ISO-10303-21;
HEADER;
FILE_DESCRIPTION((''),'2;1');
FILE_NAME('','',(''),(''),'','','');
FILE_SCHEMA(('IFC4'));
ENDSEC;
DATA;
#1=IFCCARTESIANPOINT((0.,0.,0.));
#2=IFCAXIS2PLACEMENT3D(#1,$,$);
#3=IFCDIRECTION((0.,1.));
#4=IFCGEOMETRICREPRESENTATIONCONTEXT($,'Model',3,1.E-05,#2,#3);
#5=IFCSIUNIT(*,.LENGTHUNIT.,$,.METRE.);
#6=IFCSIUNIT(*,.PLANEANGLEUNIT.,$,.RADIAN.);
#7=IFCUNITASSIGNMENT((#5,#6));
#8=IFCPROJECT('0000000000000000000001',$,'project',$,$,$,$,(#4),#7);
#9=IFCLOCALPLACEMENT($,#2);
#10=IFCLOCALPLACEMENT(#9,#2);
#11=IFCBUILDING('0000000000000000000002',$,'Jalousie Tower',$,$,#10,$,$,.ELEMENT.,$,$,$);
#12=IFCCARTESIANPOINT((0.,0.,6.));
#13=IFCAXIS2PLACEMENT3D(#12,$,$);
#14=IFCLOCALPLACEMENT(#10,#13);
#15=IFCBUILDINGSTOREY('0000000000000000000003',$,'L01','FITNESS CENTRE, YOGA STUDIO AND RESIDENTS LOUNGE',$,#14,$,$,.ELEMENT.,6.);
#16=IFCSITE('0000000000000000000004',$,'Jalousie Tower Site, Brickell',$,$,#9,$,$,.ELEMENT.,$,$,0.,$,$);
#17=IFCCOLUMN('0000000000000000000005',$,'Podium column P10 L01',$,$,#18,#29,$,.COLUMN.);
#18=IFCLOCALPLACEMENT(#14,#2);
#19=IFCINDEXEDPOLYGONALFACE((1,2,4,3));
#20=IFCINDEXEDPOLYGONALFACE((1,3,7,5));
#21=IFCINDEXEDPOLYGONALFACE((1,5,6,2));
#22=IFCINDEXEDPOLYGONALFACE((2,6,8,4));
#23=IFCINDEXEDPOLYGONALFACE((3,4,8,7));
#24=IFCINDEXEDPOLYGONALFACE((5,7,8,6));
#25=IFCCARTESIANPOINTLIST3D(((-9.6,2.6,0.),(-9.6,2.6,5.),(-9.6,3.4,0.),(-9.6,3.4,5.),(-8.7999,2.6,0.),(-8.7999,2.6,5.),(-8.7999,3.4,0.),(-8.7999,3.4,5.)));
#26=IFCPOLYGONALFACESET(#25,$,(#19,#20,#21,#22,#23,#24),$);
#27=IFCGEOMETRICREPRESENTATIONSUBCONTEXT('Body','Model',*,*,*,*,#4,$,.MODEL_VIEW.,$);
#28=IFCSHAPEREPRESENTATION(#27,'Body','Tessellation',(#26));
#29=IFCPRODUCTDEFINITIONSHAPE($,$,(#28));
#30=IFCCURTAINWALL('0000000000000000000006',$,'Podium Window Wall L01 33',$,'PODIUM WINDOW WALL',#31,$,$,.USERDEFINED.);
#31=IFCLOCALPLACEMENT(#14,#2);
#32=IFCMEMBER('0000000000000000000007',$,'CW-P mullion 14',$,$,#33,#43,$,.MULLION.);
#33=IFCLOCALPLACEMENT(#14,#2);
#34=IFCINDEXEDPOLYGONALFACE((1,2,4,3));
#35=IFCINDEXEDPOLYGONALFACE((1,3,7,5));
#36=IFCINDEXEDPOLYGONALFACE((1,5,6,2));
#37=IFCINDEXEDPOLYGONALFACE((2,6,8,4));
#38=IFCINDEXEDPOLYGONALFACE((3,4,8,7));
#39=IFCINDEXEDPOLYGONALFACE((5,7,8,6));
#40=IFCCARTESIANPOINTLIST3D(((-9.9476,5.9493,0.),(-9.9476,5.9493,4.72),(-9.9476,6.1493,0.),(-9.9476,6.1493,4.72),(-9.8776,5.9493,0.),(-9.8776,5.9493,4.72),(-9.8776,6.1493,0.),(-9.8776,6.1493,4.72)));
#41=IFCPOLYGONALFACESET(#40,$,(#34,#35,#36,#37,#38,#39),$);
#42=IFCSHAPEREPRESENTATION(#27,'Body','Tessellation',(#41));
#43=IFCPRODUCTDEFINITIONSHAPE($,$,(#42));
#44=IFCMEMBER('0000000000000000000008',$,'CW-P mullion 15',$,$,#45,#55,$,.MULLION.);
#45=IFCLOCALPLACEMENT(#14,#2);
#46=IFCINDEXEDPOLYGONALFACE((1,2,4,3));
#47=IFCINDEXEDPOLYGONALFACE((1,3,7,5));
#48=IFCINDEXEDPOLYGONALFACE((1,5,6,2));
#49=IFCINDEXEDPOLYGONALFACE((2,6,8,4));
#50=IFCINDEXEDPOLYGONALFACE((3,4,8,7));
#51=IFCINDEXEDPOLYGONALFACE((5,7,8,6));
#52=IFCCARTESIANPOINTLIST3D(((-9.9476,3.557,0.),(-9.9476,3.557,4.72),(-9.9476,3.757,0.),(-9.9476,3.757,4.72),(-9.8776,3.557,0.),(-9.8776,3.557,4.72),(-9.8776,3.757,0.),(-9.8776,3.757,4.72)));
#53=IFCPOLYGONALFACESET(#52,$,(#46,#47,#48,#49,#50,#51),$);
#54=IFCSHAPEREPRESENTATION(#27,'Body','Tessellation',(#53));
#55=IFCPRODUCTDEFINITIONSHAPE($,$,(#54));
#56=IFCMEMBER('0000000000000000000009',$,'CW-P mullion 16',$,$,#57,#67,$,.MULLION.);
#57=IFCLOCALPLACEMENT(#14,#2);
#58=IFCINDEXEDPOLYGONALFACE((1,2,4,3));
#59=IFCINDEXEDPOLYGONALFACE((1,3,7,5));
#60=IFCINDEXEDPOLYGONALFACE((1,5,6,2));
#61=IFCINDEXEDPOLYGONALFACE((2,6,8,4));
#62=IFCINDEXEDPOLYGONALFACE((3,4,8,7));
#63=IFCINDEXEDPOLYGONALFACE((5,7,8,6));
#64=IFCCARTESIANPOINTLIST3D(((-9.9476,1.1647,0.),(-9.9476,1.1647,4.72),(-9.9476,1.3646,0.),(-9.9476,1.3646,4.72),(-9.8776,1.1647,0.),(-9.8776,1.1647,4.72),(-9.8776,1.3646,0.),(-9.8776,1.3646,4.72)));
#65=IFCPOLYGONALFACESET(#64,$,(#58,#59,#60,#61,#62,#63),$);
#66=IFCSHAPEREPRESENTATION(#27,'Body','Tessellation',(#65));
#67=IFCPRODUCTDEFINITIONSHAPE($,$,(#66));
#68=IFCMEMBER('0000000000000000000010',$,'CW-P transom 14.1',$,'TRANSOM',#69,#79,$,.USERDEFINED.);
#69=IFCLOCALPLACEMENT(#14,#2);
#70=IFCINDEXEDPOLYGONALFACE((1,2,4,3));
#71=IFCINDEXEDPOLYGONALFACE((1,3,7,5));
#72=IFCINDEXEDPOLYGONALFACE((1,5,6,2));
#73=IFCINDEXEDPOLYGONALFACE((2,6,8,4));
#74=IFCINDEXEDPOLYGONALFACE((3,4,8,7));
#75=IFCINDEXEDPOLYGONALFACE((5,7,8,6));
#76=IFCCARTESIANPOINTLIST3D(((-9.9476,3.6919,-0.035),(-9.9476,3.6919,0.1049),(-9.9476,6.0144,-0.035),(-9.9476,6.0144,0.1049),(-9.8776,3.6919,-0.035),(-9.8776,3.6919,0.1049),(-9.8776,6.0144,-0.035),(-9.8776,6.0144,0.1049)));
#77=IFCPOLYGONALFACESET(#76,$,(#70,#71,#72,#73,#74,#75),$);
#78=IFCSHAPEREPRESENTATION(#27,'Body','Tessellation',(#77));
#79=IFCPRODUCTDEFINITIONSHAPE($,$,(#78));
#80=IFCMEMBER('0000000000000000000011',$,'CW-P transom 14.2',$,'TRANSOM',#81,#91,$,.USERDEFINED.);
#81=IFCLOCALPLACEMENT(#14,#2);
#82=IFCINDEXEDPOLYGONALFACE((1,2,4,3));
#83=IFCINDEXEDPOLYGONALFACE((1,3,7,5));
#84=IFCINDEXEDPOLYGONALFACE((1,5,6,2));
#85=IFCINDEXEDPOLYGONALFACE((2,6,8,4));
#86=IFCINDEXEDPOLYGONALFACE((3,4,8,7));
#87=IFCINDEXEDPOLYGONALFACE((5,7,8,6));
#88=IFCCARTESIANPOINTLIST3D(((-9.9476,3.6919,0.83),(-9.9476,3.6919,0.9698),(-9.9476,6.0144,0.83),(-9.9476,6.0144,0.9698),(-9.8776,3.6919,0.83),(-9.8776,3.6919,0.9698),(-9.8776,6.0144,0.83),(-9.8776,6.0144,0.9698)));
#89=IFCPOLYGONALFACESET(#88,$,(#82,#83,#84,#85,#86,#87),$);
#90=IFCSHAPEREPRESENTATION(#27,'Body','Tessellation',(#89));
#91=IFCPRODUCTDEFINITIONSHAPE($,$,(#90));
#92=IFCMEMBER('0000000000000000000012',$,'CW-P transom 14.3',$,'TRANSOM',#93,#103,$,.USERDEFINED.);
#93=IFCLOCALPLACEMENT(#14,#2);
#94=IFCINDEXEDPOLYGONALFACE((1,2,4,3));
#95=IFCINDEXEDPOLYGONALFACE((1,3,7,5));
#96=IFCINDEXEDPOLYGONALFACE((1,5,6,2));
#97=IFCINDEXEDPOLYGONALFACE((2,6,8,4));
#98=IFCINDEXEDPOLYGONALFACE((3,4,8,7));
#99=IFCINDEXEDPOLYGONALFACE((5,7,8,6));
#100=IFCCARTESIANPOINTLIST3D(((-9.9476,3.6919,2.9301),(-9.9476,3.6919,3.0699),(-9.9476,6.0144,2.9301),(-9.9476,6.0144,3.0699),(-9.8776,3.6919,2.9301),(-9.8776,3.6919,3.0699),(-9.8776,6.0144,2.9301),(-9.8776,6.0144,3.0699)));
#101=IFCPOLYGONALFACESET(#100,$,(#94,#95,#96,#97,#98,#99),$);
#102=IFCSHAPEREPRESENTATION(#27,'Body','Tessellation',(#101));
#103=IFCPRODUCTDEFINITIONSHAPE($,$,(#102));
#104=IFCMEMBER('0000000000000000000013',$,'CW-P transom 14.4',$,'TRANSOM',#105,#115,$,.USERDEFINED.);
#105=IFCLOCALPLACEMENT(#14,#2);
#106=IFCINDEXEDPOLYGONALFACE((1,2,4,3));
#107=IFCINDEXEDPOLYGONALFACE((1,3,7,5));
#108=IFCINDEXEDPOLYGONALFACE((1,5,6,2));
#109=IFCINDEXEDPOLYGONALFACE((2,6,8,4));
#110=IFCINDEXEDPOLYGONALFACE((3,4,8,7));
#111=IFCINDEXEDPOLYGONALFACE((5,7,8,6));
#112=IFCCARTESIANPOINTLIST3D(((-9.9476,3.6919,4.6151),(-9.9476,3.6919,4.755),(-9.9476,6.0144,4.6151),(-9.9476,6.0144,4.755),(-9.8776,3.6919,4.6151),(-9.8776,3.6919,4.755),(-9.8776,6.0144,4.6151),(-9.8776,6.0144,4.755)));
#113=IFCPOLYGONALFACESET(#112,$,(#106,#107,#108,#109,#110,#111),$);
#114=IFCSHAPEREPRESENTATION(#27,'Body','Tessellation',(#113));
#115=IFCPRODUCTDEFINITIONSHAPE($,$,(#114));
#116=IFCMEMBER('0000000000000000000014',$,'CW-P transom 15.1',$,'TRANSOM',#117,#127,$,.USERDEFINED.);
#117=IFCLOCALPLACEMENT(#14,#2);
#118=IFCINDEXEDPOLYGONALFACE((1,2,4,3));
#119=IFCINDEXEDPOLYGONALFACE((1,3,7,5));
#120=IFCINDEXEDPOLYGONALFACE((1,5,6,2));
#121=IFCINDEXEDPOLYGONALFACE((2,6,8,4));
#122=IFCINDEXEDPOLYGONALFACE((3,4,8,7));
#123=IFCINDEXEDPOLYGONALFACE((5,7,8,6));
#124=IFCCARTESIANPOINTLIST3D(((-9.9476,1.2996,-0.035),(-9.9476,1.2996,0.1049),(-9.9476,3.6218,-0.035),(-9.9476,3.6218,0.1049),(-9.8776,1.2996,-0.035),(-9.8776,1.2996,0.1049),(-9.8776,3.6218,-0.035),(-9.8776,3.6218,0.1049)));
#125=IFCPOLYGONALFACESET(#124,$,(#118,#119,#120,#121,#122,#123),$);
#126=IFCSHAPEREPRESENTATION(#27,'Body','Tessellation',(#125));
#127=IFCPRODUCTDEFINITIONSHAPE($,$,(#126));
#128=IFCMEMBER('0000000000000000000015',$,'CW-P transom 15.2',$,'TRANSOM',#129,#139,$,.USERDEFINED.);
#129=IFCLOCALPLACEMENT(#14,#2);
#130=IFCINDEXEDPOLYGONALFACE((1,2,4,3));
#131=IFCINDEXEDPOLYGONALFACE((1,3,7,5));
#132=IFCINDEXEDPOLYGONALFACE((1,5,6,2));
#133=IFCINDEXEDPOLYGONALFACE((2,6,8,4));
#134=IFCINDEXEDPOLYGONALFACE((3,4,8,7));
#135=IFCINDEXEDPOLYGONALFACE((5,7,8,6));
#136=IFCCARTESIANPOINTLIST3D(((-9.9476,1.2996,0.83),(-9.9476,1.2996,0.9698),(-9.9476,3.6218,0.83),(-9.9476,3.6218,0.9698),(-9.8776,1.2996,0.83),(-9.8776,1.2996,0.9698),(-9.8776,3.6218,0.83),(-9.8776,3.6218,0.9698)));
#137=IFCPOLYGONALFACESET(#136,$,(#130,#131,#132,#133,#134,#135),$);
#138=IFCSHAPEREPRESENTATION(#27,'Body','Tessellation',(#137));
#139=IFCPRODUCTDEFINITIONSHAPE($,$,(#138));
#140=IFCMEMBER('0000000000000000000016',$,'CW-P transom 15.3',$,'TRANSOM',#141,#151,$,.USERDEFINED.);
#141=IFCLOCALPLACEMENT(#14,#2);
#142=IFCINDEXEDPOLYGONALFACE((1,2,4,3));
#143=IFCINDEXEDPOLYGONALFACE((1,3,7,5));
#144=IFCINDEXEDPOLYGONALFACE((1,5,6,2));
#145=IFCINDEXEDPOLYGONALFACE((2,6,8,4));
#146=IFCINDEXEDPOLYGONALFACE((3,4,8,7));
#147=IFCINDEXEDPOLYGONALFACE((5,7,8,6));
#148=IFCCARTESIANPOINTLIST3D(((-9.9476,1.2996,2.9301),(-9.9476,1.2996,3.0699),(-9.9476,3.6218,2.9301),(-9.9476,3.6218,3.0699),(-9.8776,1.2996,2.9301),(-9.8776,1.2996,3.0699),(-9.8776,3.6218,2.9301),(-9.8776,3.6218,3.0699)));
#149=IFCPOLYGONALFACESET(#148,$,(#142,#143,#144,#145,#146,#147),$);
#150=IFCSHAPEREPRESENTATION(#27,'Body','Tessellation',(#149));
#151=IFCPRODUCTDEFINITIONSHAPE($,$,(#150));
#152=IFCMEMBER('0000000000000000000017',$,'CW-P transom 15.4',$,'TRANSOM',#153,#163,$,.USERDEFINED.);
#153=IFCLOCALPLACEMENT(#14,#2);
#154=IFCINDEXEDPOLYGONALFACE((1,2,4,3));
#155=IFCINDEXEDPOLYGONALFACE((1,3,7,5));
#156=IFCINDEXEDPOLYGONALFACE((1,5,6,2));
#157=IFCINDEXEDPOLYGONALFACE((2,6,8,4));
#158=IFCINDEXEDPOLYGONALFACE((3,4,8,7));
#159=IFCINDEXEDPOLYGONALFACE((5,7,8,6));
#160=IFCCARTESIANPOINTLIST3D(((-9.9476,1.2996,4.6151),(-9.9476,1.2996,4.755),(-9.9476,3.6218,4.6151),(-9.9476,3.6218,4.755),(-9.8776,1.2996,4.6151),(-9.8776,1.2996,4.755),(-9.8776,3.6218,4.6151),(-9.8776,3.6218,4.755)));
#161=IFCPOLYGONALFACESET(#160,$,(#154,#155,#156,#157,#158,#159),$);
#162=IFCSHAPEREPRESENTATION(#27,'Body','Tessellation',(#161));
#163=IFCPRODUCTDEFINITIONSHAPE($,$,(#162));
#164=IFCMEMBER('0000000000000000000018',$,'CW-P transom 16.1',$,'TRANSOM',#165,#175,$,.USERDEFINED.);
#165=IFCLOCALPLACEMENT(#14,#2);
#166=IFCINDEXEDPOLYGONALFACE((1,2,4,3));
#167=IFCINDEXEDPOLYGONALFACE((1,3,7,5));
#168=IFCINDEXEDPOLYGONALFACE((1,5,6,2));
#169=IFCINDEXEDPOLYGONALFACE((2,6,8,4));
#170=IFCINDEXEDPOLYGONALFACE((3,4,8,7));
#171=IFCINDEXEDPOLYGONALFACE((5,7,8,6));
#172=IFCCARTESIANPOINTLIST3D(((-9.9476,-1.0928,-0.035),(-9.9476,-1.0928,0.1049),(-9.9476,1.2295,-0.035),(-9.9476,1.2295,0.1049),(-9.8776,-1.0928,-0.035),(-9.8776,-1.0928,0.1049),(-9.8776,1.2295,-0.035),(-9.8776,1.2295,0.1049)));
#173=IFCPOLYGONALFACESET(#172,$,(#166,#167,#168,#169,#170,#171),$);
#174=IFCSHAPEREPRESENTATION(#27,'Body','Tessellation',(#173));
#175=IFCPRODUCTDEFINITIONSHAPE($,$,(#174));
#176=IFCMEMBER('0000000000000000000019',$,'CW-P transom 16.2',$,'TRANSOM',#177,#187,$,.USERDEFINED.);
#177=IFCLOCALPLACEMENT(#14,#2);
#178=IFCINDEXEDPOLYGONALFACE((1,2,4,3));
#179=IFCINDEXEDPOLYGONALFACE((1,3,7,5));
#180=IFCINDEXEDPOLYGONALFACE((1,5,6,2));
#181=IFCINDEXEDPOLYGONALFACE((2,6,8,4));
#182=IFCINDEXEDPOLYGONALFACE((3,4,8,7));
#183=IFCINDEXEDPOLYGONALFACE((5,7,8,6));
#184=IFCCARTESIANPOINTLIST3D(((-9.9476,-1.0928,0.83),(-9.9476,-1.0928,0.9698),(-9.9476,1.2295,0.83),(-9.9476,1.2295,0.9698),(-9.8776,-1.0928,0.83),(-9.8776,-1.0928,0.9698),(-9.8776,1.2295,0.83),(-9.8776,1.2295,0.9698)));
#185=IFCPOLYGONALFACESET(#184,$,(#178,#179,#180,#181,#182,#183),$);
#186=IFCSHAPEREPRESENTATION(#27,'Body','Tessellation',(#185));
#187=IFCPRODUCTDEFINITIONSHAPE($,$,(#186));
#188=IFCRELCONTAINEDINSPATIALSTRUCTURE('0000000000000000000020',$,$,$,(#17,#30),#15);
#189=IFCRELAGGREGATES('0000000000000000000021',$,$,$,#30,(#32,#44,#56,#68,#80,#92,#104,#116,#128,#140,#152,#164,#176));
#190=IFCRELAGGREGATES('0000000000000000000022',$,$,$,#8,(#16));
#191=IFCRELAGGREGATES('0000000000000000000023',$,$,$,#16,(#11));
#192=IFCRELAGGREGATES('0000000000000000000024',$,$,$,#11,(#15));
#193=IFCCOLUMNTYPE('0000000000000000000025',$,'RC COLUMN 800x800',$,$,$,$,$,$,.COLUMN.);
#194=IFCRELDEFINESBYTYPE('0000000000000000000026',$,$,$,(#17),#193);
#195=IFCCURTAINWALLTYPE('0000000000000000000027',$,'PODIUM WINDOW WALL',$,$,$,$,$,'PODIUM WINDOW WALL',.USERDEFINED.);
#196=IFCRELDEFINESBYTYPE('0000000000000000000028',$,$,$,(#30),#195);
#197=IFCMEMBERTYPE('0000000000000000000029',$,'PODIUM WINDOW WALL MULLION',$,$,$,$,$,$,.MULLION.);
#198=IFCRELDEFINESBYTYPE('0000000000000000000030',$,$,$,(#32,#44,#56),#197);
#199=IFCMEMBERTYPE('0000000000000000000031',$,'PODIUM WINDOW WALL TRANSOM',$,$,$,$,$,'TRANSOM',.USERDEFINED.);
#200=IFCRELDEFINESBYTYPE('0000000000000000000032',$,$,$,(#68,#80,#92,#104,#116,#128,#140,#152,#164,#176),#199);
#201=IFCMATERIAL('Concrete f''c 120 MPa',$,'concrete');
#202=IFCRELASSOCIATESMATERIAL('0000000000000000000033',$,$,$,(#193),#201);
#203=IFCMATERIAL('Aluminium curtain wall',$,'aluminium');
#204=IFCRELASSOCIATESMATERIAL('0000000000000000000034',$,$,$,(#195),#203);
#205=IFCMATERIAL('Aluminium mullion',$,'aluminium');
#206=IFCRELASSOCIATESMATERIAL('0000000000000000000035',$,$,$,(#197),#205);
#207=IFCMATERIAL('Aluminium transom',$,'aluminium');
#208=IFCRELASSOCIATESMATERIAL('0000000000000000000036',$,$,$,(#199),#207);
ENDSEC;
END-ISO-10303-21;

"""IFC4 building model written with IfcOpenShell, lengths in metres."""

from ifc_helpers import new_model, si_unit, direction, frame, origin, origin_2d, place, context, subcontext, project, spatial, rectangle, extrude, material, material_profile, profile_set, type_object, element, aggregate, save


model = new_model("IFC4")

# Units and contexts
model_context = context("Model", 3, precision=1e-05, world=origin(), true_north=direction((0.0, 1.0)))
body_context = subcontext(model_context, "Body", "Model", "MODEL_VIEW")
ifc_project = project(units=[si_unit("LENGTHUNIT", "METRE"), si_unit("PLANEANGLEUNIT", "RADIAN")], contexts=[model_context])

# Site, building, storey
site_placement = place(None, origin())
site = spatial("IfcSite", under=ifc_project, at=site_placement, Name="Jalousie Tower Site, Brickell", CompositionType="ELEMENT", RefElevation=0.0)
building_placement = place(site_placement, origin())
building = spatial("IfcBuilding", under=site, at=building_placement, Name="Jalousie Tower", CompositionType="ELEMENT")
storey_placement = place(building_placement, frame((0.0, 0.0, 6.0)))
storey = spatial("IfcBuildingStorey", under=building, at=storey_placement, Name="L01", Description="FITNESS CENTRE, YOGA STUDIO AND RESIDENTS LOUNGE", CompositionType="ELEMENT", Elevation=6.0)

# Column
ifc_material_1 = material(Name="Concrete f'c 120 MPa", Category="concrete")
ifc_material_profile_1 = material_profile(ifc_material_1, rectangle(XDim=0.8, YDim=0.8, at=origin_2d()), Name="RC 800x800")
ifc_profile_set_1 = profile_set([ifc_material_profile_1], Name="Concrete f'c 120 MPa")
column_type = type_object("IfcColumnType", Name="RC COLUMN 800x800", PredefinedType="COLUMN", material=ifc_profile_set_1)
column_placement = place(storey_placement, frame((-9.2, 3.0, 0.0), z_axis=(0.0, 0.0, 1.0), x_axis=(1.0, 0.0, 0.0)))
element("IfcColumn", 1, at=column_placement, inside=storey, type_object=column_type, Name="Podium column P10 L01", PredefinedType="COLUMN", context=body_context, shape_type="SweptSolid", body=[
    extrude(rectangle(XDim=0.8, YDim=0.8, at=origin_2d()), origin(), (0.0, 0.0, 1.0), 5.0),
])

# Curtain wall, members
ifc_material_2 = material(Name="Aluminium curtain wall", Category="aluminium")
curtain_wall_type = type_object("IfcCurtainWallType", Name="PODIUM WINDOW WALL", ElementType="PODIUM WINDOW WALL", PredefinedType="USERDEFINED", material=ifc_material_2)
curtain_wall_placement = place(storey_placement, origin())
curtain_wall = element("IfcCurtainWall", 2, at=curtain_wall_placement, inside=storey, type_object=curtain_wall_type, Name="Podium Window Wall L01 33", ObjectType="PODIUM WINDOW WALL", PredefinedType="USERDEFINED")
ifc_material_3 = material(Name="Aluminium mullion", Category="aluminium")
ifc_material_profile_2 = material_profile(ifc_material_3, rectangle(XDim=0.0701, YDim=0.2, at=origin_2d()), Name="MULLION 70x200")
ifc_profile_set_2 = profile_set([ifc_material_profile_2], Name="Aluminium mullion")
member_type_1 = type_object("IfcMemberType", Name="PODIUM WINDOW WALL MULLION", PredefinedType="MULLION", material=ifc_profile_set_2)
member_1_placement = place(storey_placement, frame((-9.9126, 6.0493, 0.0), z_axis=(0.0, 0.0, 1.0), x_axis=(1.0, 0.0, 0.0)))
member_1 = element("IfcMember", 3, at=member_1_placement, type_object=member_type_1, Name="CW-P mullion 14", PredefinedType="MULLION", context=body_context, shape_type="SweptSolid", body=[
    extrude(rectangle(XDim=0.0701, YDim=0.2, at=origin_2d()), origin(), (0.0, 0.0, 1.0), 4.72),
])
member_2_placement = place(storey_placement, frame((-9.9126, 3.657, 0.0), z_axis=(0.0, 0.0, 1.0), x_axis=(1.0, 0.0, 0.0)))
member_2 = element("IfcMember", 4, at=member_2_placement, type_object=member_type_1, Name="CW-P mullion 15", PredefinedType="MULLION", context=body_context, shape_type="SweptSolid", body=[
    extrude(rectangle(XDim=0.0701, YDim=0.2, at=origin_2d()), origin(), (0.0, 0.0, 1.0), 4.72),
])
member_3_placement = place(storey_placement, frame((-9.9126, 1.2646, 0.0), z_axis=(0.0, 0.0, 1.0), x_axis=(1.0, 0.0, 0.0)))
member_3 = element("IfcMember", 5, at=member_3_placement, type_object=member_type_1, Name="CW-P mullion 16", PredefinedType="MULLION", context=body_context, shape_type="SweptSolid", body=[
    extrude(rectangle(XDim=0.0701, YDim=0.2, at=origin_2d()), origin(), (0.0, 0.0, 1.0), 4.72),
])
ifc_material_4 = material(Name="Aluminium transom", Category="aluminium")
ifc_material_profile_3 = material_profile(ifc_material_4, rectangle(XDim=0.0701, YDim=0.1399, at=origin_2d()), Name="TRANSOM 70x140")
ifc_profile_set_3 = profile_set([ifc_material_profile_3], Name="Aluminium transom")
member_type_2 = type_object("IfcMemberType", Name="PODIUM WINDOW WALL TRANSOM", ElementType="TRANSOM", PredefinedType="USERDEFINED", material=ifc_profile_set_3)
member_4_placement = place(storey_placement, frame((-9.9126, 6.0144, 0.0349), z_axis=(0.0, -1.0, 0.0), x_axis=(1.0, 0.0, 0.0)))
member_4 = element("IfcMember", 6, at=member_4_placement, type_object=member_type_2, Name="CW-P transom 14.1", ObjectType="TRANSOM", PredefinedType="USERDEFINED", context=body_context, shape_type="SweptSolid", body=[
    extrude(rectangle(XDim=0.0701, YDim=0.1399, at=origin_2d()), origin(), (0.0, 0.0, 1.0), 2.3225),
])
member_5_placement = place(storey_placement, frame((-9.9126, 6.0144, 0.8999), z_axis=(0.0, -1.0, 0.0), x_axis=(1.0, 0.0, 0.0)))
member_5 = element("IfcMember", 7, at=member_5_placement, type_object=member_type_2, Name="CW-P transom 14.2", ObjectType="TRANSOM", PredefinedType="USERDEFINED", context=body_context, shape_type="SweptSolid", body=[
    extrude(rectangle(XDim=0.0701, YDim=0.1399, at=origin_2d()), origin(), (0.0, 0.0, 1.0), 2.3225),
])
member_6_placement = place(storey_placement, frame((-9.9126, 6.0144, 3.0), z_axis=(0.0, -1.0, 0.0), x_axis=(1.0, 0.0, 0.0)))
member_6 = element("IfcMember", 8, at=member_6_placement, type_object=member_type_2, Name="CW-P transom 14.3", ObjectType="TRANSOM", PredefinedType="USERDEFINED", context=body_context, shape_type="SweptSolid", body=[
    extrude(rectangle(XDim=0.0701, YDim=0.1399, at=origin_2d()), origin(), (0.0, 0.0, 1.0), 2.3225),
])
member_7_placement = place(storey_placement, frame((-9.9126, 6.0144, 4.6851), z_axis=(0.0, -1.0, 0.0), x_axis=(1.0, 0.0, 0.0)))
member_7 = element("IfcMember", 9, at=member_7_placement, type_object=member_type_2, Name="CW-P transom 14.4", ObjectType="TRANSOM", PredefinedType="USERDEFINED", context=body_context, shape_type="SweptSolid", body=[
    extrude(rectangle(XDim=0.0701, YDim=0.1399, at=origin_2d()), origin(), (0.0, 0.0, 1.0), 2.3225),
])
member_8_placement = place(storey_placement, frame((-9.9126, 3.6218, 0.0349), z_axis=(0.0, -1.0, 0.0), x_axis=(1.0, 0.0, 0.0)))
member_8 = element("IfcMember", 10, at=member_8_placement, type_object=member_type_2, Name="CW-P transom 15.1", ObjectType="TRANSOM", PredefinedType="USERDEFINED", context=body_context, shape_type="SweptSolid", body=[
    extrude(rectangle(XDim=0.0701, YDim=0.1399, at=origin_2d()), origin(), (0.0, 0.0, 1.0), 2.3223),
])
member_9_placement = place(storey_placement, frame((-9.9126, 3.6218, 0.8999), z_axis=(0.0, -1.0, 0.0), x_axis=(1.0, 0.0, 0.0)))
member_9 = element("IfcMember", 11, at=member_9_placement, type_object=member_type_2, Name="CW-P transom 15.2", ObjectType="TRANSOM", PredefinedType="USERDEFINED", context=body_context, shape_type="SweptSolid", body=[
    extrude(rectangle(XDim=0.0701, YDim=0.1399, at=origin_2d()), origin(), (0.0, 0.0, 1.0), 2.3223),
])
member_10_placement = place(storey_placement, frame((-9.9126, 3.6218, 3.0), z_axis=(0.0, -1.0, 0.0), x_axis=(1.0, 0.0, 0.0)))
member_10 = element("IfcMember", 12, at=member_10_placement, type_object=member_type_2, Name="CW-P transom 15.3", ObjectType="TRANSOM", PredefinedType="USERDEFINED", context=body_context, shape_type="SweptSolid", body=[
    extrude(rectangle(XDim=0.0701, YDim=0.1399, at=origin_2d()), origin(), (0.0, 0.0, 1.0), 2.3223),
])
member_11_placement = place(storey_placement, frame((-9.9126, 3.6218, 4.6851), z_axis=(0.0, -1.0, 0.0), x_axis=(1.0, 0.0, 0.0)))
member_11 = element("IfcMember", 13, at=member_11_placement, type_object=member_type_2, Name="CW-P transom 15.4", ObjectType="TRANSOM", PredefinedType="USERDEFINED", context=body_context, shape_type="SweptSolid", body=[
    extrude(rectangle(XDim=0.0701, YDim=0.1399, at=origin_2d()), origin(), (0.0, 0.0, 1.0), 2.3223),
])
member_12_placement = place(storey_placement, frame((-9.9126, 1.2295, 0.0349), z_axis=(0.0, -1.0, 0.0), x_axis=(1.0, 0.0, 0.0)))
member_12 = element("IfcMember", 14, at=member_12_placement, type_object=member_type_2, Name="CW-P transom 16.1", ObjectType="TRANSOM", PredefinedType="USERDEFINED", context=body_context, shape_type="SweptSolid", body=[
    extrude(rectangle(XDim=0.0701, YDim=0.1399, at=origin_2d()), origin(), (0.0, 0.0, 1.0), 2.3223),
])
member_13_placement = place(storey_placement, frame((-9.9126, 1.2295, 0.8999), z_axis=(0.0, -1.0, 0.0), x_axis=(1.0, 0.0, 0.0)))
member_13 = element("IfcMember", 15, at=member_13_placement, type_object=member_type_2, Name="CW-P transom 16.2", ObjectType="TRANSOM", PredefinedType="USERDEFINED", context=body_context, shape_type="SweptSolid", body=[
    extrude(rectangle(XDim=0.0701, YDim=0.1399, at=origin_2d()), origin(), (0.0, 0.0, 1.0), 2.3223),
])

aggregate(curtain_wall, [member_1, member_2, member_3, member_4, member_5, member_6, member_7, member_8, member_9, member_10, member_11, member_12, member_13])

save(model, "model.ifc")
